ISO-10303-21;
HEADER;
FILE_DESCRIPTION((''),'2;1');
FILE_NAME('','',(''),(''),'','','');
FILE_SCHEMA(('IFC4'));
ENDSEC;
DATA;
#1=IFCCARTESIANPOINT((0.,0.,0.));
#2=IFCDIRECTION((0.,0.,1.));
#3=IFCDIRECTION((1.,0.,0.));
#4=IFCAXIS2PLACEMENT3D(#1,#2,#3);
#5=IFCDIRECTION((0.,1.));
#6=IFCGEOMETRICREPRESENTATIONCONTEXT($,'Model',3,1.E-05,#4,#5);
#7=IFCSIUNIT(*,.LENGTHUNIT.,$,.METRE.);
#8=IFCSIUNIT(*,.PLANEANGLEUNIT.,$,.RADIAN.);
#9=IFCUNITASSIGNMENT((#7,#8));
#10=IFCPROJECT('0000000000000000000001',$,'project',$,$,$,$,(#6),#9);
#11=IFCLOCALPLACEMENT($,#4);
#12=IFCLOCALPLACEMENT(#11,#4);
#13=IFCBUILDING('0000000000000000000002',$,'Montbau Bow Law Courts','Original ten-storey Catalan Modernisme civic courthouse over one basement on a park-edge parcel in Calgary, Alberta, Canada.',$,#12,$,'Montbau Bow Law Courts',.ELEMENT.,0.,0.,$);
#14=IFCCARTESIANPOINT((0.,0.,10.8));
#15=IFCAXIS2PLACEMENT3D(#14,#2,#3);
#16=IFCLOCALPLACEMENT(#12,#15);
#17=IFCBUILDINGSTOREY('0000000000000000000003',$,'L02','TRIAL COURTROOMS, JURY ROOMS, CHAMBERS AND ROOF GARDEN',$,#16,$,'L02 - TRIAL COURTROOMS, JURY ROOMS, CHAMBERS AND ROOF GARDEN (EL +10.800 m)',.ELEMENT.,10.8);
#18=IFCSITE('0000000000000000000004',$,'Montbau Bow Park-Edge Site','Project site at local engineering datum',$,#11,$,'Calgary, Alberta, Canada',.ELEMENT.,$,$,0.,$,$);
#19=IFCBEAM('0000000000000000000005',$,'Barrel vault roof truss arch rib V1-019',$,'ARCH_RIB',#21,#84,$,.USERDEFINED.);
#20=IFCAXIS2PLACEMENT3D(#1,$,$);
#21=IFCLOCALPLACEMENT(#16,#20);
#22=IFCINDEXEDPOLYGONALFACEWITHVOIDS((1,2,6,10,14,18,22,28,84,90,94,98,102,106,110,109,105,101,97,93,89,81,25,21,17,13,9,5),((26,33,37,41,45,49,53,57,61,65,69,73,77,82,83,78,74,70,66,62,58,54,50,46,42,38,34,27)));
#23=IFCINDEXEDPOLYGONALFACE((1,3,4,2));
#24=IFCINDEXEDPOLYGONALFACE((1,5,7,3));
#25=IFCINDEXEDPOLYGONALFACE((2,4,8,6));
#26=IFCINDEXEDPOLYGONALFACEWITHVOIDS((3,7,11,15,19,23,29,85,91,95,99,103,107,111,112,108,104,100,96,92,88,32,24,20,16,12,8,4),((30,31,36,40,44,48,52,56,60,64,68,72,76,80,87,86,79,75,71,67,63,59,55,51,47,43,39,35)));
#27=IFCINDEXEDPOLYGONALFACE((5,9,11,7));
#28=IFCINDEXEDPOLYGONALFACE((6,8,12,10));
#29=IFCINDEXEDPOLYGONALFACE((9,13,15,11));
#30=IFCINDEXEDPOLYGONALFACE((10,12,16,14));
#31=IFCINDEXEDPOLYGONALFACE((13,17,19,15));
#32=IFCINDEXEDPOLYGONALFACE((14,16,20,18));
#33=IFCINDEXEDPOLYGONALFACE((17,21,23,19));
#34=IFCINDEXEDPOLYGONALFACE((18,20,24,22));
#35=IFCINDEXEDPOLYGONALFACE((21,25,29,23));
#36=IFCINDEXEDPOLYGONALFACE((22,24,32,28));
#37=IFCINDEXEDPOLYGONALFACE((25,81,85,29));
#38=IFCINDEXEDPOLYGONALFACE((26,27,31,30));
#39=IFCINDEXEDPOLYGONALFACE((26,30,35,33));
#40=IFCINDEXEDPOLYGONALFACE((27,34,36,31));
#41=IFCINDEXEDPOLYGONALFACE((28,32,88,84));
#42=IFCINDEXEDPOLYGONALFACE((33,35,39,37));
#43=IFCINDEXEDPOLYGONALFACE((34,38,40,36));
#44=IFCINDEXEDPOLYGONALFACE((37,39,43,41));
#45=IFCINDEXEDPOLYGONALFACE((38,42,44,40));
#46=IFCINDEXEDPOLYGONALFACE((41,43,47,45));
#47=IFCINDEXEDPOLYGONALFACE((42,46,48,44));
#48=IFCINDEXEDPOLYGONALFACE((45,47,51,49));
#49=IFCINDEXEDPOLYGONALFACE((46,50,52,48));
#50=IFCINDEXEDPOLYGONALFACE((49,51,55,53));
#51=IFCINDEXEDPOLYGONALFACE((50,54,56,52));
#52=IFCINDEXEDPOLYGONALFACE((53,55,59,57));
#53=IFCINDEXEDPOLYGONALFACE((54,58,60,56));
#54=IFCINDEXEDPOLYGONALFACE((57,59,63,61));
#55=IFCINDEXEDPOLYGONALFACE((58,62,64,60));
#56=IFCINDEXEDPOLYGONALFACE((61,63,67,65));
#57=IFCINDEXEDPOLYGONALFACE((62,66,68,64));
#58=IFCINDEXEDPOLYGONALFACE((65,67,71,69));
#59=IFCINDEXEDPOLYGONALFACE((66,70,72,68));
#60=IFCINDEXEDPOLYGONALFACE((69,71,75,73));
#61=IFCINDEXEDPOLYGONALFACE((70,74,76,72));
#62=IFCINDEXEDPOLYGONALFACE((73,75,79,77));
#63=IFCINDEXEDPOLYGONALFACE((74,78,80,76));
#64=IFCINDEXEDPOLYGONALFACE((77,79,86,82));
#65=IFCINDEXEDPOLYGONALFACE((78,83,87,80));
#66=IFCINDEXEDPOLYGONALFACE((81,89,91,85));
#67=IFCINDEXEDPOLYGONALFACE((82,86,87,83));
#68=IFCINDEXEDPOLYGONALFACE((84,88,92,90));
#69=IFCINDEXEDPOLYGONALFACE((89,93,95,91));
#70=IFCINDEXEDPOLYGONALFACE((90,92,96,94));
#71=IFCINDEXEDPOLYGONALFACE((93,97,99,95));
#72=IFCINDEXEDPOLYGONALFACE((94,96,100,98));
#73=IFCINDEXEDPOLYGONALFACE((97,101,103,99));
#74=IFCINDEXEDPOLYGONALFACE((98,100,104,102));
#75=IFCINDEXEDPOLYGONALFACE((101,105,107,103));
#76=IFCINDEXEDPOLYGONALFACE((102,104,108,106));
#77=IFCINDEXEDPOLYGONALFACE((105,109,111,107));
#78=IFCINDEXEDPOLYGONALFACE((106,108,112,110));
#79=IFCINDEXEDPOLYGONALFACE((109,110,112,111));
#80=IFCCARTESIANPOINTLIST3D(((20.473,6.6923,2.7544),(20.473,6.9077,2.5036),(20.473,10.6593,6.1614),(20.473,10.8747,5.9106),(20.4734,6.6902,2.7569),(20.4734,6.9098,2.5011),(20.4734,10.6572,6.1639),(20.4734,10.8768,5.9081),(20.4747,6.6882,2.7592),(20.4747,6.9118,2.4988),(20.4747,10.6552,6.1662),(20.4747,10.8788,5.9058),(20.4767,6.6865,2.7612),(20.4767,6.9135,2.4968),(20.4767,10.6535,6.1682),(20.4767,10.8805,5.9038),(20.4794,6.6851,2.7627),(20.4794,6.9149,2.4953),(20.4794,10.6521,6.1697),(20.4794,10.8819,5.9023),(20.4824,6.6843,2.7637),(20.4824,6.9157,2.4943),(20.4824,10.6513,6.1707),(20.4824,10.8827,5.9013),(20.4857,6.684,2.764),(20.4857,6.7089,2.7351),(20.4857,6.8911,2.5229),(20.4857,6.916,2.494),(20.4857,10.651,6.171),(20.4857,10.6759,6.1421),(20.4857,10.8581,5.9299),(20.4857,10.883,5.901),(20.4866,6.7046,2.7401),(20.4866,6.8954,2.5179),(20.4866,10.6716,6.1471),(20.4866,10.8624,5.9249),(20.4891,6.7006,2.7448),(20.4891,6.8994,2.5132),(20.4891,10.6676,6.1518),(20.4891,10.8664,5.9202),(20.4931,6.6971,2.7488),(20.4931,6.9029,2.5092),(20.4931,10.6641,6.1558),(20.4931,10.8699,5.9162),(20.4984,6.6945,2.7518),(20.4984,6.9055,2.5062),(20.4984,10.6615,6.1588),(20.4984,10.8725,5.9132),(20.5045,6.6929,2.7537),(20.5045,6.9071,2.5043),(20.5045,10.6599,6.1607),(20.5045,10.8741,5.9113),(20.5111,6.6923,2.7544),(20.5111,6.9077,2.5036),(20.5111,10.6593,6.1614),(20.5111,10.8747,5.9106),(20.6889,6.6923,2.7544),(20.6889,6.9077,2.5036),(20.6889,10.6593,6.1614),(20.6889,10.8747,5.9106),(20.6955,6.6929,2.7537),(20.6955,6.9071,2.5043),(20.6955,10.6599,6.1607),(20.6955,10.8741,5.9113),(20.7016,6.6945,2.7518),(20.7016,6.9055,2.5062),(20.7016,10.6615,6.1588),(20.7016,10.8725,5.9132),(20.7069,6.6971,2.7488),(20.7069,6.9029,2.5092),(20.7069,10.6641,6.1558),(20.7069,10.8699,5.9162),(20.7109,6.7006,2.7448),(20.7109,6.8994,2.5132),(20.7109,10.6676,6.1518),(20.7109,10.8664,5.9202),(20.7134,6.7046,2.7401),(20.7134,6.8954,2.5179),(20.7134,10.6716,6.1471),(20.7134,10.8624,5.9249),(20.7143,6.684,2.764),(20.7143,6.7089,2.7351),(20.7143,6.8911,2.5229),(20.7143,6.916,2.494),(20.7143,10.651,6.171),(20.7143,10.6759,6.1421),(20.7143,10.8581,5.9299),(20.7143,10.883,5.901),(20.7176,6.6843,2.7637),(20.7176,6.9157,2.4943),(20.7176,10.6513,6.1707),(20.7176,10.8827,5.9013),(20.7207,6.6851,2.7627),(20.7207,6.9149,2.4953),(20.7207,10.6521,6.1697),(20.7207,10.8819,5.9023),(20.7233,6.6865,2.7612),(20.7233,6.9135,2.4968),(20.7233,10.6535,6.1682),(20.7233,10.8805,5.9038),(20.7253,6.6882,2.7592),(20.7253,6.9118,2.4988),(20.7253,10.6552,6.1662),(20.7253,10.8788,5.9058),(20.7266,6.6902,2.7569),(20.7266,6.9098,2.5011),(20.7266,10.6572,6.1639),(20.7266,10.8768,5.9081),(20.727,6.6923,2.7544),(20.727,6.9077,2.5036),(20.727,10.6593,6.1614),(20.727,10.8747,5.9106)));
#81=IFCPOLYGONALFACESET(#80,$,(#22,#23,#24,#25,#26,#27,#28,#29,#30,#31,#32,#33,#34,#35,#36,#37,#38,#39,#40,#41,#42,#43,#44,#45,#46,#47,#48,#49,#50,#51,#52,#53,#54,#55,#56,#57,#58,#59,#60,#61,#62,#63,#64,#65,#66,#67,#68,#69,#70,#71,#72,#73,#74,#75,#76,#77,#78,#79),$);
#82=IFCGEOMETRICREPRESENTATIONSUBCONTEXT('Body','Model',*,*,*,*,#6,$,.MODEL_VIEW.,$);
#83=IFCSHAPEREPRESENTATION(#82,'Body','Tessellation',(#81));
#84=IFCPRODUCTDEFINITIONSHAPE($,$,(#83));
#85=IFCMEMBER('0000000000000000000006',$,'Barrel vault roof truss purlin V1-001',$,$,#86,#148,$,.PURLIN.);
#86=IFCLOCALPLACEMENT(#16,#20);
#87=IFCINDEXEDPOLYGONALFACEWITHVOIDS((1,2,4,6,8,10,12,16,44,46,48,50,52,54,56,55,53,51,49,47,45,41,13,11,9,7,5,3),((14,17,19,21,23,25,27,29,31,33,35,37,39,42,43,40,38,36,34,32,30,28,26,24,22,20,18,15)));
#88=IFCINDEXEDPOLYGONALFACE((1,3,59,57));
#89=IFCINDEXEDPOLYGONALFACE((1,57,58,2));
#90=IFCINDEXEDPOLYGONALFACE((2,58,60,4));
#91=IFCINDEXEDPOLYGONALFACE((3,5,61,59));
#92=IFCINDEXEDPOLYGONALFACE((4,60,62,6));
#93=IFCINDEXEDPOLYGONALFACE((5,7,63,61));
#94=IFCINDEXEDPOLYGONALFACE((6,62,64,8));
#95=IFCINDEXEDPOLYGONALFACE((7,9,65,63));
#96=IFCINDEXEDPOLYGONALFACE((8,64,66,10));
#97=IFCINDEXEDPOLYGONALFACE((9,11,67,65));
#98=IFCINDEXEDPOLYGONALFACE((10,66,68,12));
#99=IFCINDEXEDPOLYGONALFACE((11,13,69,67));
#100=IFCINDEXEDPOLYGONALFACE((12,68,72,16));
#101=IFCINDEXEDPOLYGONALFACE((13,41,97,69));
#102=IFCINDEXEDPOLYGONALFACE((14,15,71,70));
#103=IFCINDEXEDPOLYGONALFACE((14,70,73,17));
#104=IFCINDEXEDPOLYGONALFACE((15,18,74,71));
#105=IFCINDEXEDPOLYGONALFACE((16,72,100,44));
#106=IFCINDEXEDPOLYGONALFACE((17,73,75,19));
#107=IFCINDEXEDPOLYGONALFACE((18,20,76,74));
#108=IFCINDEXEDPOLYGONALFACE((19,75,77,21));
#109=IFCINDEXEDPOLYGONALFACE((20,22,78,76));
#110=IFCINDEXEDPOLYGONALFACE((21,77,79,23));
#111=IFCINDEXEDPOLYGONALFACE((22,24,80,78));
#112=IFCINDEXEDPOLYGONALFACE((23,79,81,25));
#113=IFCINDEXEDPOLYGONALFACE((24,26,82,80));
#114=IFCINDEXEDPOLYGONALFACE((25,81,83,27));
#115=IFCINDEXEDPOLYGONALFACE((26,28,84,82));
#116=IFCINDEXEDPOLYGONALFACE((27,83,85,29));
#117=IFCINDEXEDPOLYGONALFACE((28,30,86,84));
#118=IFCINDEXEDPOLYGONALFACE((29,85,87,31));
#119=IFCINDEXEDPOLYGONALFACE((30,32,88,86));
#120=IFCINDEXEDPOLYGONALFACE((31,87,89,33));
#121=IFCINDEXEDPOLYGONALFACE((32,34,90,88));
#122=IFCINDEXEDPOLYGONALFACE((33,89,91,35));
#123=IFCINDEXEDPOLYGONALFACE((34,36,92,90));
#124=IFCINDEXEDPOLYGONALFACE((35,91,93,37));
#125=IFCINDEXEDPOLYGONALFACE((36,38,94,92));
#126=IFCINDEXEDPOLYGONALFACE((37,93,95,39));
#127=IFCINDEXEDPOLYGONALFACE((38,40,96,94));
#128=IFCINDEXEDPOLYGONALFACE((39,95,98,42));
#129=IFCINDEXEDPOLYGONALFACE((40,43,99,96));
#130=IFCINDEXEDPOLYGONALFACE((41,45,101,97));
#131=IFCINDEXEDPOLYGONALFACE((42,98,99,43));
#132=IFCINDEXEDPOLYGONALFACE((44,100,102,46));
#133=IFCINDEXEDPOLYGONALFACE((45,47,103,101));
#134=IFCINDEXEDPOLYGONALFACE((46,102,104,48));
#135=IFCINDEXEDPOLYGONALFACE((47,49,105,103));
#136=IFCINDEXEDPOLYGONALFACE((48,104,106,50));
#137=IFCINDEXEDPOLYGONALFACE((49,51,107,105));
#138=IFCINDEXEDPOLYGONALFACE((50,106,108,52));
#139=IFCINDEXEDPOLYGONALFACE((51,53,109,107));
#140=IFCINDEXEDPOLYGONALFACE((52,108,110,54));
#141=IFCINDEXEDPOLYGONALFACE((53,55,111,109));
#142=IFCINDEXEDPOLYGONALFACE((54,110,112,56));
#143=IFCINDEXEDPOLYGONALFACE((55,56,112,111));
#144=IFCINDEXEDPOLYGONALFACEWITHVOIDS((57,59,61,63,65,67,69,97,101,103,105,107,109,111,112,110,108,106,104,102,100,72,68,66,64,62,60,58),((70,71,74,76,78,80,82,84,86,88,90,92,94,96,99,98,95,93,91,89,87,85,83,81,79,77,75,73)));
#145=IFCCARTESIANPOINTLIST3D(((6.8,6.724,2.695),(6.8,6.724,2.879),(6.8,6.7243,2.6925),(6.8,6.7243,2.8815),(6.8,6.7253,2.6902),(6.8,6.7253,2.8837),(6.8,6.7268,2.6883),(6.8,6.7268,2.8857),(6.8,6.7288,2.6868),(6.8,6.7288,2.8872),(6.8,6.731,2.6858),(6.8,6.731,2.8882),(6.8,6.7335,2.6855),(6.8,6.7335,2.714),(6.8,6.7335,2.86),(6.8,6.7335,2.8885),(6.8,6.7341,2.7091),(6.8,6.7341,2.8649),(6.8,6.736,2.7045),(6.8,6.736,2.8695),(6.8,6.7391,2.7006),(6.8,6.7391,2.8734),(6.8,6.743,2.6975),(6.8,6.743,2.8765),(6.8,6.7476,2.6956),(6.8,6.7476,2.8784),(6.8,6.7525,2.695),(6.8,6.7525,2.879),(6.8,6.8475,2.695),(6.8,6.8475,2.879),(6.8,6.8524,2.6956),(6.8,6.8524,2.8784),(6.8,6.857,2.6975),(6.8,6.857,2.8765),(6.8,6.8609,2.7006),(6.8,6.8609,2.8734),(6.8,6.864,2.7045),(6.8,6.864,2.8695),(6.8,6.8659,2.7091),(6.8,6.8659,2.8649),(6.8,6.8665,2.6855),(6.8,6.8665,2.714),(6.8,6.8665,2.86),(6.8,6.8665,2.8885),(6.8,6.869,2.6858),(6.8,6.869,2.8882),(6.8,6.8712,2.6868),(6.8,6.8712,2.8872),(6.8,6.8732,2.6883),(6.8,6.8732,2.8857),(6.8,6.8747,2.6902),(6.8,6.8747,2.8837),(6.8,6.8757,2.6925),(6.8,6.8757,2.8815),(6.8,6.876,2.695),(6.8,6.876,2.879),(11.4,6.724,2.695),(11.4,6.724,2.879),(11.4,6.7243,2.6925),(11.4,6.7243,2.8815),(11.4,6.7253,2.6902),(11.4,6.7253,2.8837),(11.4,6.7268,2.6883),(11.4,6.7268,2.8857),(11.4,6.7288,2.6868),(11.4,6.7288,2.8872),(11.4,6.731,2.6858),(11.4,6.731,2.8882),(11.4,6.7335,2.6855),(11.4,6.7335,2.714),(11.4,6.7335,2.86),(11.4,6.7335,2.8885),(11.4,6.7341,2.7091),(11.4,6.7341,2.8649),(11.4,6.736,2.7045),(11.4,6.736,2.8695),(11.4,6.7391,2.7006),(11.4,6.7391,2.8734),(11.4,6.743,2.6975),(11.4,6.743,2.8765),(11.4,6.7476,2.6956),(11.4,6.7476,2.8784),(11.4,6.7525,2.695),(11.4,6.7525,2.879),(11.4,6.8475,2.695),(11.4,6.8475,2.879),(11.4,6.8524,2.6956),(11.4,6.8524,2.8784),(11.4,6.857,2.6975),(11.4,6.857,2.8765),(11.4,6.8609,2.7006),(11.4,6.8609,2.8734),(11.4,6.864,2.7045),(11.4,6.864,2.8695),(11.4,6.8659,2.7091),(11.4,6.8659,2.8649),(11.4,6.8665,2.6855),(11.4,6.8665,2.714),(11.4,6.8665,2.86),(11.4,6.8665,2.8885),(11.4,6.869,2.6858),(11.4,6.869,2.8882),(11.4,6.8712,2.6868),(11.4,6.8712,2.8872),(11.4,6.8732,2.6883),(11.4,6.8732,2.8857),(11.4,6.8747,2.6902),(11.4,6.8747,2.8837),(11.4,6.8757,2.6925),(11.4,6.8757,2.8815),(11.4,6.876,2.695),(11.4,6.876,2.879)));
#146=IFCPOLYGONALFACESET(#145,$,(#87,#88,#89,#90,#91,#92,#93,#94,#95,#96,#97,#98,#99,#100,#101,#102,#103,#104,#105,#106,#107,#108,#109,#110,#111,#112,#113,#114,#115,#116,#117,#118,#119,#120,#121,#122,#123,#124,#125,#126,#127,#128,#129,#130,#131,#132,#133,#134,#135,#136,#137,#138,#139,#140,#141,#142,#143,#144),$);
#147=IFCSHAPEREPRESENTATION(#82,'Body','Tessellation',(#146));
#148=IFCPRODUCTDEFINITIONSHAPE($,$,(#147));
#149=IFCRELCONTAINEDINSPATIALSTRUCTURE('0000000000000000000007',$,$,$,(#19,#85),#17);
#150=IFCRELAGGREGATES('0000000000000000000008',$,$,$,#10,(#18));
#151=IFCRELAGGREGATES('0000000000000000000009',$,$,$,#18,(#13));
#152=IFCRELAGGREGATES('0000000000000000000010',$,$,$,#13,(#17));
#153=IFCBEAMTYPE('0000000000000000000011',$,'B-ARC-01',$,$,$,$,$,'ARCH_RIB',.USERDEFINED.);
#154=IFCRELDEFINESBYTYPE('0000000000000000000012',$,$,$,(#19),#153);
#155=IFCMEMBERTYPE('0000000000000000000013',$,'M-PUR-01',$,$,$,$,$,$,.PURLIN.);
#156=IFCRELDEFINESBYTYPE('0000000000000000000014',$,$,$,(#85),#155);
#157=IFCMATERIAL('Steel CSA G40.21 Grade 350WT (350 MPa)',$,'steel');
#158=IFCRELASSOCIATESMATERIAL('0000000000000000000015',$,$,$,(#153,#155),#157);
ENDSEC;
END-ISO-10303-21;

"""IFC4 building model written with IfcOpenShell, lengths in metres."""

from ifc_helpers import new_model, si_unit, direction, frame, origin_with_axes, origin_2d_with_axis, place, context, subcontext, project, spatial, hollow_rectangle, extrude, material, material_profile, profile_set, type_object, element, save


model = new_model("IFC4")

# Units and contexts
model_context = context("Model", 3, precision=1e-05, world=origin_with_axes(), true_north=direction((0.0, 1.0)))
body_context = subcontext(model_context, "Body", "Model", "MODEL_VIEW")
ifc_project = project(units=[si_unit("LENGTHUNIT", "METRE"), si_unit("PLANEANGLEUNIT", "RADIAN")], contexts=[model_context])

# Site, building, storey
site_placement = place(None, origin_with_axes())
site = spatial("IfcSite", under=ifc_project, at=site_placement, Name="Montbau Bow Park-Edge Site", Description="Project site at local engineering datum", LongName="Calgary, Alberta, Canada", CompositionType="ELEMENT", RefElevation=0.0)
building_placement = place(site_placement, origin_with_axes())
building = spatial("IfcBuilding", under=site, at=building_placement, Name="Montbau Bow Law Courts", Description="Original ten-storey Catalan Modernisme civic courthouse over one basement on a park-edge parcel in Calgary, Alberta, Canada.", LongName="Montbau Bow Law Courts", CompositionType="ELEMENT", ElevationOfRefHeight=0.0, ElevationOfTerrain=0.0)
storey_placement = place(building_placement, frame((0.0, 0.0, 10.8), z_axis=(0.0, 0.0, 1.0), x_axis=(1.0, 0.0, 0.0)))
storey = spatial("IfcBuildingStorey", under=building, at=storey_placement, Name="L02", Description="TRIAL COURTROOMS, JURY ROOMS, CHAMBERS AND ROOF GARDEN", LongName="L02 - TRIAL COURTROOMS, JURY ROOMS, CHAMBERS AND ROOF GARDEN (EL +10.800 m)", CompositionType="ELEMENT", Elevation=10.8)

# Beam
ifc_material_1 = material(Name="Steel CSA G40.21 Grade 350WT (350 MPa)", Category="steel")
ifc_material_profile_1 = material_profile(ifc_material_1, hollow_rectangle(XDim=0.254, YDim=0.356, WallThickness=0.0127, InnerFilletRadius=0.0254, OuterFilletRadius=0.0127, at=origin_2d_with_axis()), Name="HSS356X254X13", Category="Main", Priority=0)
ifc_profile_set_1 = profile_set([ifc_material_profile_1], Name="Steel CSA G40.21 Grade 350WT (350 MPa)")
beam_type = type_object("IfcBeamType", Name="B-ARC-01", ElementType="ARCH_RIB", PredefinedType="USERDEFINED", material=ifc_profile_set_1)
for number, where, z_axis, x_axis, name in (
    (1, (20.6, 6.8, 13.429), (0.0, 0.758622, 0.651531), (-1.0, 0.0, 0.0), "Barrel vault roof truss arch rib V1-019"),
):
    element("IfcBeam", number, at=place(None, frame(where, z_axis=z_axis, x_axis=x_axis)), inside=storey, type_object=beam_type, Name=name, ObjectType="ARCH_RIB", PredefinedType="USERDEFINED", context=body_context, shape_type="SweptSolid", body=[
        extrude(hollow_rectangle(XDim=0.254, YDim=0.356, WallThickness=0.0127, InnerFilletRadius=0.0254, OuterFilletRadius=0.0127, at=origin_2d_with_axis()), origin_with_axes(), (0.0, 0.0, 1.0), 5.2292),
    ])

# Member
ifc_material_profile_2 = material_profile(ifc_material_1, hollow_rectangle(XDim=0.152, YDim=0.203, WallThickness=0.0095, InnerFilletRadius=0.019, OuterFilletRadius=0.0095, at=origin_2d_with_axis()), Name="HSS203X152X9.5", Category="Main", Priority=0)
ifc_profile_set_2 = profile_set([ifc_material_profile_2], Name="Steel CSA G40.21 Grade 350WT (350 MPa)")
member_type_1 = type_object("IfcMemberType", Name="M-PUR-01", PredefinedType="PURLIN", material=ifc_profile_set_2)
for number, where, z_axis, x_axis, name in (
    (2, (6.8, 6.8, 13.587), (1.0, 0.0, 0.0), (0.0, 1.0, 0.0), "Barrel vault roof truss purlin V1-001"),
):
    element("IfcMember", number, at=place(None, frame(where, z_axis=z_axis, x_axis=x_axis)), inside=storey, type_object=member_type_1, Name=name, PredefinedType="PURLIN", context=body_context, shape_type="SweptSolid", body=[
        extrude(hollow_rectangle(XDim=0.152, YDim=0.203, WallThickness=0.0095, InnerFilletRadius=0.019, OuterFilletRadius=0.0095, at=origin_2d_with_axis()), origin_with_axes(), (0.0, 0.0, 1.0), 4.6),
    ])

save(model, "model.ifc")
